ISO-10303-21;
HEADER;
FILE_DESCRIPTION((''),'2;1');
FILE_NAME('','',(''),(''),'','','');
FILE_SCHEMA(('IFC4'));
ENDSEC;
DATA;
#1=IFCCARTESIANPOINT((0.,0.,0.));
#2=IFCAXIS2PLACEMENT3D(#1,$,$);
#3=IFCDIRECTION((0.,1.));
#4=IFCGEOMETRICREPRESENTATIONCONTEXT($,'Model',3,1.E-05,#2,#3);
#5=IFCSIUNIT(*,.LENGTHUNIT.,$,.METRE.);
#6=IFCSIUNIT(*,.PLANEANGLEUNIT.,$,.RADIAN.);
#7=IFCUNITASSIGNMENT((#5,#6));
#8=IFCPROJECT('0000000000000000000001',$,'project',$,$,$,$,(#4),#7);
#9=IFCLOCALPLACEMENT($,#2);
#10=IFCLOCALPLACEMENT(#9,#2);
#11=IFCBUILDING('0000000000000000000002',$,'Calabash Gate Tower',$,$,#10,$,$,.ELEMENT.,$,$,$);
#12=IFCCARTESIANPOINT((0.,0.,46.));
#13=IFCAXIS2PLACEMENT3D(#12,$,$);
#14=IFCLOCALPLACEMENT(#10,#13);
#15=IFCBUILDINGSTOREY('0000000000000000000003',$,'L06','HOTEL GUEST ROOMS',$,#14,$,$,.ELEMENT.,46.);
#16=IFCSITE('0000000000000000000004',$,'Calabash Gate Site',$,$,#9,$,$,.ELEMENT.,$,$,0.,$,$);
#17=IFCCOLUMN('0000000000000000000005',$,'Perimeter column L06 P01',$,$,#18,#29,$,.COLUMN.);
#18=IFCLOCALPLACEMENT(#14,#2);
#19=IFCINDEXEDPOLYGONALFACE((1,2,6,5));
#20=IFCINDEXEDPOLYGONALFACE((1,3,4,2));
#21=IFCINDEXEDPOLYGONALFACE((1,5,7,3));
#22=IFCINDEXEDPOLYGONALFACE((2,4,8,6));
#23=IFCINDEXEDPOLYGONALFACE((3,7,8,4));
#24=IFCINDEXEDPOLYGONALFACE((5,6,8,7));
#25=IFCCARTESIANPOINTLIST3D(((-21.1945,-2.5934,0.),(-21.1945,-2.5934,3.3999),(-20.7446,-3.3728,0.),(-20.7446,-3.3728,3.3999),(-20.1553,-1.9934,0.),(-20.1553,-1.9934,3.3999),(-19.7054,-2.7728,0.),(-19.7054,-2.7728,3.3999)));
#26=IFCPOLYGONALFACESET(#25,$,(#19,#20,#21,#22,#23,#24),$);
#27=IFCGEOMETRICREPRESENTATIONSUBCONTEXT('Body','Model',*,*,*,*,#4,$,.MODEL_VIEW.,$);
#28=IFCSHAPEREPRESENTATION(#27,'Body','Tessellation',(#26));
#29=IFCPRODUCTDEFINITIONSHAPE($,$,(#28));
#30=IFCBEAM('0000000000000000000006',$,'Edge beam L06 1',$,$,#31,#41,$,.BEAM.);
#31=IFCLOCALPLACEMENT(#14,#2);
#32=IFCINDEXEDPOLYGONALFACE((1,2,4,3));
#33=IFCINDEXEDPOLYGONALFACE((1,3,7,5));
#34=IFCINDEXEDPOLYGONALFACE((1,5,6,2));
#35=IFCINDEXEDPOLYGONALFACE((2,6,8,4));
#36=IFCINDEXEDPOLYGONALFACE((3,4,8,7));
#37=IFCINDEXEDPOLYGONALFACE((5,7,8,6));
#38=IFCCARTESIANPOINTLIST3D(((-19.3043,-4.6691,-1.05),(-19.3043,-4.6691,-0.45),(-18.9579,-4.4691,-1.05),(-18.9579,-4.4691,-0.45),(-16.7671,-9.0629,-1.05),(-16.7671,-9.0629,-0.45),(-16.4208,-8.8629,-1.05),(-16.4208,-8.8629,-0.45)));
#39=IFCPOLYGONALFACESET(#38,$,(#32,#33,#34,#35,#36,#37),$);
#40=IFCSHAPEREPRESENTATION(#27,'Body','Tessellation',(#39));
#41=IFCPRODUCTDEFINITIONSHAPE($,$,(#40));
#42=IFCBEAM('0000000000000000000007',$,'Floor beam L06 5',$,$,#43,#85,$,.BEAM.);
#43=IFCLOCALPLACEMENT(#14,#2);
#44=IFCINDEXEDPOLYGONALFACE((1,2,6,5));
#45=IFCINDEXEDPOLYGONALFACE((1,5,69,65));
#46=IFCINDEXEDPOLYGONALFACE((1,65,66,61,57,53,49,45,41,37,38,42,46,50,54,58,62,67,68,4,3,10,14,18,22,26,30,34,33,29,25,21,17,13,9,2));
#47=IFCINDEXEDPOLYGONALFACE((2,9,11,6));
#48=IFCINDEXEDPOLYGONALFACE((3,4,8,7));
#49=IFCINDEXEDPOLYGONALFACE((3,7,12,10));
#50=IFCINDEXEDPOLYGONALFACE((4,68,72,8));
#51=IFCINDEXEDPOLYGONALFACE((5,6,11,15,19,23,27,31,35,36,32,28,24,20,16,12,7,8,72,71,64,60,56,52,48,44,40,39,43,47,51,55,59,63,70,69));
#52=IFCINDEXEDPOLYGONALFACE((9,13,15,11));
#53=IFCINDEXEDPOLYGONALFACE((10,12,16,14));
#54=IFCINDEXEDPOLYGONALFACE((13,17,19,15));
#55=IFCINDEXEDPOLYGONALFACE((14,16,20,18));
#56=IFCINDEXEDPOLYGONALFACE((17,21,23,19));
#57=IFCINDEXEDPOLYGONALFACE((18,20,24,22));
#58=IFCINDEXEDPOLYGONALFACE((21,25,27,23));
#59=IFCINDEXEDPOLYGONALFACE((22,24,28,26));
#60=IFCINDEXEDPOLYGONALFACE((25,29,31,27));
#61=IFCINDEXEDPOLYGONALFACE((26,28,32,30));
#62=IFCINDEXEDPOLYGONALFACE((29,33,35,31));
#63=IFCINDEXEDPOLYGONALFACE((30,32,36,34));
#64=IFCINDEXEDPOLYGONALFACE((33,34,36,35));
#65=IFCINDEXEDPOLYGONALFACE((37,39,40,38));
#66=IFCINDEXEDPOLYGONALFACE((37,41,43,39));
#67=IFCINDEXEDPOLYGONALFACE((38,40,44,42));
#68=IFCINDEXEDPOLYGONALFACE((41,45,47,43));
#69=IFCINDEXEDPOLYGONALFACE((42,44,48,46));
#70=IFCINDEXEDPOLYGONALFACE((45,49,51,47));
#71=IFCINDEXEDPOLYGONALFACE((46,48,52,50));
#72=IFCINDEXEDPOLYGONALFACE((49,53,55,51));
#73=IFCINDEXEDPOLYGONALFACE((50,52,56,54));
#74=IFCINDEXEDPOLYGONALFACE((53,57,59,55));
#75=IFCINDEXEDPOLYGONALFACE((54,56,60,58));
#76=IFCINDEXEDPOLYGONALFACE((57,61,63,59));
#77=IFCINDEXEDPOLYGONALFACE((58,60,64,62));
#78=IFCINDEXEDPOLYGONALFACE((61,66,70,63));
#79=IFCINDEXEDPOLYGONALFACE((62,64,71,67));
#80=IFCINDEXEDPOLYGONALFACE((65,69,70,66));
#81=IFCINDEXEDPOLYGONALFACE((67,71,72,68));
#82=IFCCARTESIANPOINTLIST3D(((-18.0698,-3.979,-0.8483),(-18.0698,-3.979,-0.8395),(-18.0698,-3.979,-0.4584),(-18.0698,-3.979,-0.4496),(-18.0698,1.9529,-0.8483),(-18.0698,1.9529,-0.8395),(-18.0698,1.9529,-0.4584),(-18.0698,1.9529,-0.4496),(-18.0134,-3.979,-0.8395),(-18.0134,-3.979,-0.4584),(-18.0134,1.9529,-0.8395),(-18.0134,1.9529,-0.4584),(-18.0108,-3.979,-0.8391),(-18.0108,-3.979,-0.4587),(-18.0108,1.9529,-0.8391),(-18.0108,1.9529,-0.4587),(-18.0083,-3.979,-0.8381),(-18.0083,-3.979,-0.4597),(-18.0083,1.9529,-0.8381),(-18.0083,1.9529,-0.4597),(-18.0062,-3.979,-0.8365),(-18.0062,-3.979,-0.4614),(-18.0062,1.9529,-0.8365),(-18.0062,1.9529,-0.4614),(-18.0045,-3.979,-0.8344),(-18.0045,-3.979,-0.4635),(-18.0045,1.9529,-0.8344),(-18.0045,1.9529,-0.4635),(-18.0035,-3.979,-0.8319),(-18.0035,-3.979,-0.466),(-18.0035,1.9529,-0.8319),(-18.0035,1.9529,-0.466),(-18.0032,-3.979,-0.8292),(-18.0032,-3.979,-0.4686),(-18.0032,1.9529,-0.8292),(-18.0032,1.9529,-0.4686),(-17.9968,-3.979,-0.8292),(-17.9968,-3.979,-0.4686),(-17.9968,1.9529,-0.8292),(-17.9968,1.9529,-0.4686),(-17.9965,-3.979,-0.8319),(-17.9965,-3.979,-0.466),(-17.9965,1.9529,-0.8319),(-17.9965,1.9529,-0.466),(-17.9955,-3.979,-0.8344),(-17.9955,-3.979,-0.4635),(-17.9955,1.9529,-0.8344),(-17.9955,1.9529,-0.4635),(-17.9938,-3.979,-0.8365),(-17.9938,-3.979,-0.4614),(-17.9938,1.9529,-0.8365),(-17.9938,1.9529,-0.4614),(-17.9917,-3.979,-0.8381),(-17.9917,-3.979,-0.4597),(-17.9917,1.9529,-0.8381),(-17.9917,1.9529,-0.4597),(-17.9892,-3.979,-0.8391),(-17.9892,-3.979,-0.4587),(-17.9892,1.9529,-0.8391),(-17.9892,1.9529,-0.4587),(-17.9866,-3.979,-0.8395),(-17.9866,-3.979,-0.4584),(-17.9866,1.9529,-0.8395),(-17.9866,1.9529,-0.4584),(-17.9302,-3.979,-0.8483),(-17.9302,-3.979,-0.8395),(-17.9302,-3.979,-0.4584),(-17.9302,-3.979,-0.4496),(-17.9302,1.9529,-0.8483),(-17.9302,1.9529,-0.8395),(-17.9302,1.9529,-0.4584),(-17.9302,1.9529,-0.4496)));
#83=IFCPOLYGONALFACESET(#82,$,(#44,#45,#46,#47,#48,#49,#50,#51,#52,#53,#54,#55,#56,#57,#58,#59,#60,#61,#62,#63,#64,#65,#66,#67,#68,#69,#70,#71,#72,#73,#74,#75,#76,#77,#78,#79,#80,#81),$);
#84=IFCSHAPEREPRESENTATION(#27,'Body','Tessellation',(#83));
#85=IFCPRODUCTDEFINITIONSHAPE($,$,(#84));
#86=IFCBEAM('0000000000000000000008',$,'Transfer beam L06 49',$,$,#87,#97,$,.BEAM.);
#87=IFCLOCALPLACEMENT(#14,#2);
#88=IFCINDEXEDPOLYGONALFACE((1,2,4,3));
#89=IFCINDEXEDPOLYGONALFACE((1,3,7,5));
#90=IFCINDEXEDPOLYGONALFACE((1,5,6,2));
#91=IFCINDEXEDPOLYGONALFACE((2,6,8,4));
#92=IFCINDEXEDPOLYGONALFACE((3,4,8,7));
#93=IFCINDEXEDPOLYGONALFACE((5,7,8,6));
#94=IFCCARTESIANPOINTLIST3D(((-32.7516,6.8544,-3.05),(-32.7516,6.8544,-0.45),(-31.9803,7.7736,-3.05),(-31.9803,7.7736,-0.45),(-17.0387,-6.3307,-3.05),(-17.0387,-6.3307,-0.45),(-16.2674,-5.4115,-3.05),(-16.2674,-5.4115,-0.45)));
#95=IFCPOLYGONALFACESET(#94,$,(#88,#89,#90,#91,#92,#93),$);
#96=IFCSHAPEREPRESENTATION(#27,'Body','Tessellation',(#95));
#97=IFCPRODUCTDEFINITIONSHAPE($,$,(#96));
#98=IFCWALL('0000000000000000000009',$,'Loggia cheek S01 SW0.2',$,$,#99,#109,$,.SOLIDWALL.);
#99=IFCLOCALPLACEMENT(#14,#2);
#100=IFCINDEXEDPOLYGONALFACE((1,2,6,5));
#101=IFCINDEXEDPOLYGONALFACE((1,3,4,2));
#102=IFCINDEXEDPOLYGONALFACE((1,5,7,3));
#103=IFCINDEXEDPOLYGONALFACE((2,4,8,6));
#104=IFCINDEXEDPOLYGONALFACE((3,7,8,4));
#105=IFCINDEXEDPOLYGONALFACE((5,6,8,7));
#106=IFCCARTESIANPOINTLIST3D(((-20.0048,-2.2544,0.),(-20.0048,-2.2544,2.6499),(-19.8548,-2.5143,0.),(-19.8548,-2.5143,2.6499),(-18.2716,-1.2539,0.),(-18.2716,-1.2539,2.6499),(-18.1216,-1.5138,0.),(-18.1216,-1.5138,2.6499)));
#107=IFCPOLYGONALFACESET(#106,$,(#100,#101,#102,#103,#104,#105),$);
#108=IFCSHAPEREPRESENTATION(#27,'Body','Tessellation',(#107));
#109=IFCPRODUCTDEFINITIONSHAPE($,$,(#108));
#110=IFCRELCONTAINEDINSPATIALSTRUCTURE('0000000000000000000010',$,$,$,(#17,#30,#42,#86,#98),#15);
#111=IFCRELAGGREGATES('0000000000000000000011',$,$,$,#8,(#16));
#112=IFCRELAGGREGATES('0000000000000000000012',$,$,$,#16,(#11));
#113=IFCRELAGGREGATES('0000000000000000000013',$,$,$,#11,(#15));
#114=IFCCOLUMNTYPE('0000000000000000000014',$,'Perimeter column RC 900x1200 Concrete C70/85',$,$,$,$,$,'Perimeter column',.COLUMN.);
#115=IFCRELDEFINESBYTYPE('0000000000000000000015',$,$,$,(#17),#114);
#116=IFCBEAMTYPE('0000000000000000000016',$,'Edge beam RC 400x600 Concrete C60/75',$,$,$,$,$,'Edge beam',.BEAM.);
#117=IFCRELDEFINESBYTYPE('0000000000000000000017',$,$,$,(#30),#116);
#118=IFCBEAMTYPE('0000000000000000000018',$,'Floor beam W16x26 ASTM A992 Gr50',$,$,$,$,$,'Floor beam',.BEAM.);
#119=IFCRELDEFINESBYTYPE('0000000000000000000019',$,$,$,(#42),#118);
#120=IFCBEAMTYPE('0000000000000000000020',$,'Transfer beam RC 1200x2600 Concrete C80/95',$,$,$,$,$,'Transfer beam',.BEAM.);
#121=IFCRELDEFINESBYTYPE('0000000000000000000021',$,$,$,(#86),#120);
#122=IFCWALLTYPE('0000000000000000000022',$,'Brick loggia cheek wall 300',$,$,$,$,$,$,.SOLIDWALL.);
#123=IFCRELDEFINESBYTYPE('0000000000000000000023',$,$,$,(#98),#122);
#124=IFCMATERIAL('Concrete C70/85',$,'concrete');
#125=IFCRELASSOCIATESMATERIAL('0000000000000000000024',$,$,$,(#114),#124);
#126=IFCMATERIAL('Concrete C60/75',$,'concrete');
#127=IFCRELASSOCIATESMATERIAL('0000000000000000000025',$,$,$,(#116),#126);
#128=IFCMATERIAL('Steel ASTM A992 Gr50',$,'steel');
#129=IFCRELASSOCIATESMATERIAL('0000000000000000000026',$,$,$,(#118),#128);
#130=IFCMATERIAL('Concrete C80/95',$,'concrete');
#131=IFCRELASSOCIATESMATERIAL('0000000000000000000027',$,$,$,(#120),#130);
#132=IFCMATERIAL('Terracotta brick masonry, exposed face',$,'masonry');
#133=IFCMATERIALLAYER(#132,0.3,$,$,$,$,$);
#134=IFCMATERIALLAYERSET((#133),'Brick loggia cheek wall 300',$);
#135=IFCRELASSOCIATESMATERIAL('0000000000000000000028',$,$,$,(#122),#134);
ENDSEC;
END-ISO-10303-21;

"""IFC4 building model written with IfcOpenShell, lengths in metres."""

from ifc_helpers import new_model, si_unit, direction, frame, frame_2d, origin, origin_2d, place, context, subcontext, project, spatial, rectangle, i_section, extrude, material, layer, layer_set, material_profile, profile_set, type_object, element, save


model = new_model("IFC4")

# Units and contexts
model_context = context("Model", 3, precision=1e-05, world=origin(), true_north=direction((0.0, 1.0)))
body_context = subcontext(model_context, "Body", "Model", "MODEL_VIEW")
ifc_project = project(units=[si_unit("LENGTHUNIT", "METRE"), si_unit("PLANEANGLEUNIT", "RADIAN")], contexts=[model_context])

# Site, building, storey
site_placement = place(None, origin())
site = spatial("IfcSite", under=ifc_project, at=site_placement, Name="Calabash Gate Site", CompositionType="ELEMENT", RefElevation=0.0)
building_placement = place(site_placement, origin())
building = spatial("IfcBuilding", under=site, at=building_placement, Name="Calabash Gate Tower", CompositionType="ELEMENT")
storey_placement = place(building_placement, frame((0.0, 0.0, 46.0)))
storey = spatial("IfcBuildingStorey", under=building, at=storey_placement, Name="L06", Description="HOTEL GUEST ROOMS", CompositionType="ELEMENT", Elevation=46.0)

# Column
ifc_material_1 = material(Name="Concrete C70/85", Category="concrete")
ifc_material_profile_1 = material_profile(ifc_material_1, rectangle(XDim=0.8999, YDim=1.2, at=origin_2d()))
ifc_profile_set_1 = profile_set([ifc_material_profile_1], Name="Concrete C70/85")
column_type = type_object("IfcColumnType", Name="Perimeter column RC 900x1200 Concrete C70/85", ElementType="Perimeter column", PredefinedType="COLUMN", material=ifc_profile_set_1)
column_placement = place(storey_placement, frame((-20.45, -2.6831, 0.0), z_axis=(0.0, 0.0, 1.0), x_axis=(0.5, -0.866025, 0.0)))
element("IfcColumn", 1, at=column_placement, inside=storey, type_object=column_type, Name="Perimeter column L06 P01", PredefinedType="COLUMN", context=body_context, shape_type="SweptSolid", body=[
    extrude(rectangle(XDim=0.8999, YDim=1.2, at=origin_2d()), origin(), (0.0, 0.0, 1.0), 3.3999),
])

# Beams
ifc_material_2 = material(Name="Concrete C60/75", Category="concrete")
ifc_material_profile_2 = material_profile(ifc_material_2, rectangle(XDim=0.3999, YDim=0.6001, at=origin_2d()))
ifc_profile_set_2 = profile_set([ifc_material_profile_2], Name="Concrete C60/75")
beam_type_1 = type_object("IfcBeamType", Name="Edge beam RC 400x600 Concrete C60/75", ElementType="Edge beam", PredefinedType="BEAM", material=ifc_profile_set_2)
beam_1_placement = place(storey_placement, frame((-19.1311, -4.5691, -0.75), z_axis=(0.500052, -0.865996, 0.0), x_axis=(0.865996, 0.500052, 0.0)))
element("IfcBeam", 2, at=beam_1_placement, inside=storey, type_object=beam_type_1, Name="Edge beam L06 1", PredefinedType="BEAM", context=body_context, shape_type="SweptSolid", body=[
    extrude(rectangle(XDim=0.3999, YDim=0.6001, at=origin_2d()), origin(), (0.0, 0.0, 1.0), 5.0737),
])
ifc_material_3 = material(Name="Steel ASTM A992 Gr50", Category="steel")
ifc_material_profile_3 = material_profile(ifc_material_3, i_section(OverallWidth=0.1396, OverallDepth=0.3987, WebThickness=0.0063, FlangeThickness=0.0088, FilletRadius=0.0103, at=origin_2d()))
ifc_profile_set_3 = profile_set([ifc_material_profile_3], Name="Steel ASTM A992 Gr50")
beam_type_2 = type_object("IfcBeamType", Name="Floor beam W16x26 ASTM A992 Gr50", ElementType="Floor beam", PredefinedType="BEAM", material=ifc_profile_set_3)
beam_2_placement = place(storey_placement, frame((-18.0, -3.979, -0.6489), z_axis=(0.0, 1.0, 0.0), x_axis=(-1.0, 0.0, 0.0)))
element("IfcBeam", 3, at=beam_2_placement, inside=storey, type_object=beam_type_2, Name="Floor beam L06 5", PredefinedType="BEAM", context=body_context, shape_type="SweptSolid", body=[
    extrude(i_section(OverallWidth=0.1396, OverallDepth=0.3987, WebThickness=0.0063, FlangeThickness=0.0088, FilletRadius=0.0103, at=origin_2d()), origin(), (0.0, 0.0, 1.0), 5.9319),
])
ifc_material_4 = material(Name="Concrete C80/95", Category="concrete")
ifc_material_profile_4 = material_profile(ifc_material_4, rectangle(XDim=1.2, YDim=2.6001, at=origin_2d()))
ifc_profile_set_4 = profile_set([ifc_material_profile_4], Name="Concrete C80/95")
beam_type_3 = type_object("IfcBeamType", Name="Transfer beam RC 1200x2600 Concrete C80/95", ElementType="Transfer beam", PredefinedType="BEAM", material=ifc_profile_set_4)
beam_3_placement = place(storey_placement, frame((-16.6531, -5.8711, -1.75), z_axis=(-0.766035, 0.642798, 0.0), x_axis=(-0.642798, -0.766035, 0.0)))
element("IfcBeam", 4, at=beam_3_placement, inside=storey, type_object=beam_type_3, Name="Transfer beam L06 49", PredefinedType="BEAM", context=body_context, shape_type="SweptSolid", body=[
    extrude(rectangle(XDim=1.2, YDim=2.6001, at=origin_2d()), origin(), (0.0, 0.0, 1.0), 20.512),
])

# Wall
ifc_material_5 = material(Name="Terracotta brick masonry, exposed face", Category="masonry")
ifc_layer_1 = layer(ifc_material_5, 0.3)
ifc_layer_set_1 = layer_set([ifc_layer_1], Name="Brick loggia cheek wall 300")
wall_type_1 = type_object("IfcWallType", Name="Brick loggia cheek wall 300", PredefinedType="SOLIDWALL", material=ifc_layer_set_1)
wall_1_placement = place(storey_placement, frame((-19.9297, -2.3843, 0.0), z_axis=(0.0, 0.0, 1.0), x_axis=(0.866058, 0.499944, 0.0)))
element("IfcWall", 5, at=wall_1_placement, inside=storey, type_object=wall_type_1, Name="Loggia cheek S01 SW0.2", PredefinedType="SOLIDWALL", context=body_context, shape_type="SweptSolid", body=[
    extrude(rectangle(XDim=2.0012, YDim=0.3, at=frame_2d((1.0005, 0.0))), origin(), (0.0, 0.0, 1.0), 2.6499),
])

save(model, "model.ifc")
